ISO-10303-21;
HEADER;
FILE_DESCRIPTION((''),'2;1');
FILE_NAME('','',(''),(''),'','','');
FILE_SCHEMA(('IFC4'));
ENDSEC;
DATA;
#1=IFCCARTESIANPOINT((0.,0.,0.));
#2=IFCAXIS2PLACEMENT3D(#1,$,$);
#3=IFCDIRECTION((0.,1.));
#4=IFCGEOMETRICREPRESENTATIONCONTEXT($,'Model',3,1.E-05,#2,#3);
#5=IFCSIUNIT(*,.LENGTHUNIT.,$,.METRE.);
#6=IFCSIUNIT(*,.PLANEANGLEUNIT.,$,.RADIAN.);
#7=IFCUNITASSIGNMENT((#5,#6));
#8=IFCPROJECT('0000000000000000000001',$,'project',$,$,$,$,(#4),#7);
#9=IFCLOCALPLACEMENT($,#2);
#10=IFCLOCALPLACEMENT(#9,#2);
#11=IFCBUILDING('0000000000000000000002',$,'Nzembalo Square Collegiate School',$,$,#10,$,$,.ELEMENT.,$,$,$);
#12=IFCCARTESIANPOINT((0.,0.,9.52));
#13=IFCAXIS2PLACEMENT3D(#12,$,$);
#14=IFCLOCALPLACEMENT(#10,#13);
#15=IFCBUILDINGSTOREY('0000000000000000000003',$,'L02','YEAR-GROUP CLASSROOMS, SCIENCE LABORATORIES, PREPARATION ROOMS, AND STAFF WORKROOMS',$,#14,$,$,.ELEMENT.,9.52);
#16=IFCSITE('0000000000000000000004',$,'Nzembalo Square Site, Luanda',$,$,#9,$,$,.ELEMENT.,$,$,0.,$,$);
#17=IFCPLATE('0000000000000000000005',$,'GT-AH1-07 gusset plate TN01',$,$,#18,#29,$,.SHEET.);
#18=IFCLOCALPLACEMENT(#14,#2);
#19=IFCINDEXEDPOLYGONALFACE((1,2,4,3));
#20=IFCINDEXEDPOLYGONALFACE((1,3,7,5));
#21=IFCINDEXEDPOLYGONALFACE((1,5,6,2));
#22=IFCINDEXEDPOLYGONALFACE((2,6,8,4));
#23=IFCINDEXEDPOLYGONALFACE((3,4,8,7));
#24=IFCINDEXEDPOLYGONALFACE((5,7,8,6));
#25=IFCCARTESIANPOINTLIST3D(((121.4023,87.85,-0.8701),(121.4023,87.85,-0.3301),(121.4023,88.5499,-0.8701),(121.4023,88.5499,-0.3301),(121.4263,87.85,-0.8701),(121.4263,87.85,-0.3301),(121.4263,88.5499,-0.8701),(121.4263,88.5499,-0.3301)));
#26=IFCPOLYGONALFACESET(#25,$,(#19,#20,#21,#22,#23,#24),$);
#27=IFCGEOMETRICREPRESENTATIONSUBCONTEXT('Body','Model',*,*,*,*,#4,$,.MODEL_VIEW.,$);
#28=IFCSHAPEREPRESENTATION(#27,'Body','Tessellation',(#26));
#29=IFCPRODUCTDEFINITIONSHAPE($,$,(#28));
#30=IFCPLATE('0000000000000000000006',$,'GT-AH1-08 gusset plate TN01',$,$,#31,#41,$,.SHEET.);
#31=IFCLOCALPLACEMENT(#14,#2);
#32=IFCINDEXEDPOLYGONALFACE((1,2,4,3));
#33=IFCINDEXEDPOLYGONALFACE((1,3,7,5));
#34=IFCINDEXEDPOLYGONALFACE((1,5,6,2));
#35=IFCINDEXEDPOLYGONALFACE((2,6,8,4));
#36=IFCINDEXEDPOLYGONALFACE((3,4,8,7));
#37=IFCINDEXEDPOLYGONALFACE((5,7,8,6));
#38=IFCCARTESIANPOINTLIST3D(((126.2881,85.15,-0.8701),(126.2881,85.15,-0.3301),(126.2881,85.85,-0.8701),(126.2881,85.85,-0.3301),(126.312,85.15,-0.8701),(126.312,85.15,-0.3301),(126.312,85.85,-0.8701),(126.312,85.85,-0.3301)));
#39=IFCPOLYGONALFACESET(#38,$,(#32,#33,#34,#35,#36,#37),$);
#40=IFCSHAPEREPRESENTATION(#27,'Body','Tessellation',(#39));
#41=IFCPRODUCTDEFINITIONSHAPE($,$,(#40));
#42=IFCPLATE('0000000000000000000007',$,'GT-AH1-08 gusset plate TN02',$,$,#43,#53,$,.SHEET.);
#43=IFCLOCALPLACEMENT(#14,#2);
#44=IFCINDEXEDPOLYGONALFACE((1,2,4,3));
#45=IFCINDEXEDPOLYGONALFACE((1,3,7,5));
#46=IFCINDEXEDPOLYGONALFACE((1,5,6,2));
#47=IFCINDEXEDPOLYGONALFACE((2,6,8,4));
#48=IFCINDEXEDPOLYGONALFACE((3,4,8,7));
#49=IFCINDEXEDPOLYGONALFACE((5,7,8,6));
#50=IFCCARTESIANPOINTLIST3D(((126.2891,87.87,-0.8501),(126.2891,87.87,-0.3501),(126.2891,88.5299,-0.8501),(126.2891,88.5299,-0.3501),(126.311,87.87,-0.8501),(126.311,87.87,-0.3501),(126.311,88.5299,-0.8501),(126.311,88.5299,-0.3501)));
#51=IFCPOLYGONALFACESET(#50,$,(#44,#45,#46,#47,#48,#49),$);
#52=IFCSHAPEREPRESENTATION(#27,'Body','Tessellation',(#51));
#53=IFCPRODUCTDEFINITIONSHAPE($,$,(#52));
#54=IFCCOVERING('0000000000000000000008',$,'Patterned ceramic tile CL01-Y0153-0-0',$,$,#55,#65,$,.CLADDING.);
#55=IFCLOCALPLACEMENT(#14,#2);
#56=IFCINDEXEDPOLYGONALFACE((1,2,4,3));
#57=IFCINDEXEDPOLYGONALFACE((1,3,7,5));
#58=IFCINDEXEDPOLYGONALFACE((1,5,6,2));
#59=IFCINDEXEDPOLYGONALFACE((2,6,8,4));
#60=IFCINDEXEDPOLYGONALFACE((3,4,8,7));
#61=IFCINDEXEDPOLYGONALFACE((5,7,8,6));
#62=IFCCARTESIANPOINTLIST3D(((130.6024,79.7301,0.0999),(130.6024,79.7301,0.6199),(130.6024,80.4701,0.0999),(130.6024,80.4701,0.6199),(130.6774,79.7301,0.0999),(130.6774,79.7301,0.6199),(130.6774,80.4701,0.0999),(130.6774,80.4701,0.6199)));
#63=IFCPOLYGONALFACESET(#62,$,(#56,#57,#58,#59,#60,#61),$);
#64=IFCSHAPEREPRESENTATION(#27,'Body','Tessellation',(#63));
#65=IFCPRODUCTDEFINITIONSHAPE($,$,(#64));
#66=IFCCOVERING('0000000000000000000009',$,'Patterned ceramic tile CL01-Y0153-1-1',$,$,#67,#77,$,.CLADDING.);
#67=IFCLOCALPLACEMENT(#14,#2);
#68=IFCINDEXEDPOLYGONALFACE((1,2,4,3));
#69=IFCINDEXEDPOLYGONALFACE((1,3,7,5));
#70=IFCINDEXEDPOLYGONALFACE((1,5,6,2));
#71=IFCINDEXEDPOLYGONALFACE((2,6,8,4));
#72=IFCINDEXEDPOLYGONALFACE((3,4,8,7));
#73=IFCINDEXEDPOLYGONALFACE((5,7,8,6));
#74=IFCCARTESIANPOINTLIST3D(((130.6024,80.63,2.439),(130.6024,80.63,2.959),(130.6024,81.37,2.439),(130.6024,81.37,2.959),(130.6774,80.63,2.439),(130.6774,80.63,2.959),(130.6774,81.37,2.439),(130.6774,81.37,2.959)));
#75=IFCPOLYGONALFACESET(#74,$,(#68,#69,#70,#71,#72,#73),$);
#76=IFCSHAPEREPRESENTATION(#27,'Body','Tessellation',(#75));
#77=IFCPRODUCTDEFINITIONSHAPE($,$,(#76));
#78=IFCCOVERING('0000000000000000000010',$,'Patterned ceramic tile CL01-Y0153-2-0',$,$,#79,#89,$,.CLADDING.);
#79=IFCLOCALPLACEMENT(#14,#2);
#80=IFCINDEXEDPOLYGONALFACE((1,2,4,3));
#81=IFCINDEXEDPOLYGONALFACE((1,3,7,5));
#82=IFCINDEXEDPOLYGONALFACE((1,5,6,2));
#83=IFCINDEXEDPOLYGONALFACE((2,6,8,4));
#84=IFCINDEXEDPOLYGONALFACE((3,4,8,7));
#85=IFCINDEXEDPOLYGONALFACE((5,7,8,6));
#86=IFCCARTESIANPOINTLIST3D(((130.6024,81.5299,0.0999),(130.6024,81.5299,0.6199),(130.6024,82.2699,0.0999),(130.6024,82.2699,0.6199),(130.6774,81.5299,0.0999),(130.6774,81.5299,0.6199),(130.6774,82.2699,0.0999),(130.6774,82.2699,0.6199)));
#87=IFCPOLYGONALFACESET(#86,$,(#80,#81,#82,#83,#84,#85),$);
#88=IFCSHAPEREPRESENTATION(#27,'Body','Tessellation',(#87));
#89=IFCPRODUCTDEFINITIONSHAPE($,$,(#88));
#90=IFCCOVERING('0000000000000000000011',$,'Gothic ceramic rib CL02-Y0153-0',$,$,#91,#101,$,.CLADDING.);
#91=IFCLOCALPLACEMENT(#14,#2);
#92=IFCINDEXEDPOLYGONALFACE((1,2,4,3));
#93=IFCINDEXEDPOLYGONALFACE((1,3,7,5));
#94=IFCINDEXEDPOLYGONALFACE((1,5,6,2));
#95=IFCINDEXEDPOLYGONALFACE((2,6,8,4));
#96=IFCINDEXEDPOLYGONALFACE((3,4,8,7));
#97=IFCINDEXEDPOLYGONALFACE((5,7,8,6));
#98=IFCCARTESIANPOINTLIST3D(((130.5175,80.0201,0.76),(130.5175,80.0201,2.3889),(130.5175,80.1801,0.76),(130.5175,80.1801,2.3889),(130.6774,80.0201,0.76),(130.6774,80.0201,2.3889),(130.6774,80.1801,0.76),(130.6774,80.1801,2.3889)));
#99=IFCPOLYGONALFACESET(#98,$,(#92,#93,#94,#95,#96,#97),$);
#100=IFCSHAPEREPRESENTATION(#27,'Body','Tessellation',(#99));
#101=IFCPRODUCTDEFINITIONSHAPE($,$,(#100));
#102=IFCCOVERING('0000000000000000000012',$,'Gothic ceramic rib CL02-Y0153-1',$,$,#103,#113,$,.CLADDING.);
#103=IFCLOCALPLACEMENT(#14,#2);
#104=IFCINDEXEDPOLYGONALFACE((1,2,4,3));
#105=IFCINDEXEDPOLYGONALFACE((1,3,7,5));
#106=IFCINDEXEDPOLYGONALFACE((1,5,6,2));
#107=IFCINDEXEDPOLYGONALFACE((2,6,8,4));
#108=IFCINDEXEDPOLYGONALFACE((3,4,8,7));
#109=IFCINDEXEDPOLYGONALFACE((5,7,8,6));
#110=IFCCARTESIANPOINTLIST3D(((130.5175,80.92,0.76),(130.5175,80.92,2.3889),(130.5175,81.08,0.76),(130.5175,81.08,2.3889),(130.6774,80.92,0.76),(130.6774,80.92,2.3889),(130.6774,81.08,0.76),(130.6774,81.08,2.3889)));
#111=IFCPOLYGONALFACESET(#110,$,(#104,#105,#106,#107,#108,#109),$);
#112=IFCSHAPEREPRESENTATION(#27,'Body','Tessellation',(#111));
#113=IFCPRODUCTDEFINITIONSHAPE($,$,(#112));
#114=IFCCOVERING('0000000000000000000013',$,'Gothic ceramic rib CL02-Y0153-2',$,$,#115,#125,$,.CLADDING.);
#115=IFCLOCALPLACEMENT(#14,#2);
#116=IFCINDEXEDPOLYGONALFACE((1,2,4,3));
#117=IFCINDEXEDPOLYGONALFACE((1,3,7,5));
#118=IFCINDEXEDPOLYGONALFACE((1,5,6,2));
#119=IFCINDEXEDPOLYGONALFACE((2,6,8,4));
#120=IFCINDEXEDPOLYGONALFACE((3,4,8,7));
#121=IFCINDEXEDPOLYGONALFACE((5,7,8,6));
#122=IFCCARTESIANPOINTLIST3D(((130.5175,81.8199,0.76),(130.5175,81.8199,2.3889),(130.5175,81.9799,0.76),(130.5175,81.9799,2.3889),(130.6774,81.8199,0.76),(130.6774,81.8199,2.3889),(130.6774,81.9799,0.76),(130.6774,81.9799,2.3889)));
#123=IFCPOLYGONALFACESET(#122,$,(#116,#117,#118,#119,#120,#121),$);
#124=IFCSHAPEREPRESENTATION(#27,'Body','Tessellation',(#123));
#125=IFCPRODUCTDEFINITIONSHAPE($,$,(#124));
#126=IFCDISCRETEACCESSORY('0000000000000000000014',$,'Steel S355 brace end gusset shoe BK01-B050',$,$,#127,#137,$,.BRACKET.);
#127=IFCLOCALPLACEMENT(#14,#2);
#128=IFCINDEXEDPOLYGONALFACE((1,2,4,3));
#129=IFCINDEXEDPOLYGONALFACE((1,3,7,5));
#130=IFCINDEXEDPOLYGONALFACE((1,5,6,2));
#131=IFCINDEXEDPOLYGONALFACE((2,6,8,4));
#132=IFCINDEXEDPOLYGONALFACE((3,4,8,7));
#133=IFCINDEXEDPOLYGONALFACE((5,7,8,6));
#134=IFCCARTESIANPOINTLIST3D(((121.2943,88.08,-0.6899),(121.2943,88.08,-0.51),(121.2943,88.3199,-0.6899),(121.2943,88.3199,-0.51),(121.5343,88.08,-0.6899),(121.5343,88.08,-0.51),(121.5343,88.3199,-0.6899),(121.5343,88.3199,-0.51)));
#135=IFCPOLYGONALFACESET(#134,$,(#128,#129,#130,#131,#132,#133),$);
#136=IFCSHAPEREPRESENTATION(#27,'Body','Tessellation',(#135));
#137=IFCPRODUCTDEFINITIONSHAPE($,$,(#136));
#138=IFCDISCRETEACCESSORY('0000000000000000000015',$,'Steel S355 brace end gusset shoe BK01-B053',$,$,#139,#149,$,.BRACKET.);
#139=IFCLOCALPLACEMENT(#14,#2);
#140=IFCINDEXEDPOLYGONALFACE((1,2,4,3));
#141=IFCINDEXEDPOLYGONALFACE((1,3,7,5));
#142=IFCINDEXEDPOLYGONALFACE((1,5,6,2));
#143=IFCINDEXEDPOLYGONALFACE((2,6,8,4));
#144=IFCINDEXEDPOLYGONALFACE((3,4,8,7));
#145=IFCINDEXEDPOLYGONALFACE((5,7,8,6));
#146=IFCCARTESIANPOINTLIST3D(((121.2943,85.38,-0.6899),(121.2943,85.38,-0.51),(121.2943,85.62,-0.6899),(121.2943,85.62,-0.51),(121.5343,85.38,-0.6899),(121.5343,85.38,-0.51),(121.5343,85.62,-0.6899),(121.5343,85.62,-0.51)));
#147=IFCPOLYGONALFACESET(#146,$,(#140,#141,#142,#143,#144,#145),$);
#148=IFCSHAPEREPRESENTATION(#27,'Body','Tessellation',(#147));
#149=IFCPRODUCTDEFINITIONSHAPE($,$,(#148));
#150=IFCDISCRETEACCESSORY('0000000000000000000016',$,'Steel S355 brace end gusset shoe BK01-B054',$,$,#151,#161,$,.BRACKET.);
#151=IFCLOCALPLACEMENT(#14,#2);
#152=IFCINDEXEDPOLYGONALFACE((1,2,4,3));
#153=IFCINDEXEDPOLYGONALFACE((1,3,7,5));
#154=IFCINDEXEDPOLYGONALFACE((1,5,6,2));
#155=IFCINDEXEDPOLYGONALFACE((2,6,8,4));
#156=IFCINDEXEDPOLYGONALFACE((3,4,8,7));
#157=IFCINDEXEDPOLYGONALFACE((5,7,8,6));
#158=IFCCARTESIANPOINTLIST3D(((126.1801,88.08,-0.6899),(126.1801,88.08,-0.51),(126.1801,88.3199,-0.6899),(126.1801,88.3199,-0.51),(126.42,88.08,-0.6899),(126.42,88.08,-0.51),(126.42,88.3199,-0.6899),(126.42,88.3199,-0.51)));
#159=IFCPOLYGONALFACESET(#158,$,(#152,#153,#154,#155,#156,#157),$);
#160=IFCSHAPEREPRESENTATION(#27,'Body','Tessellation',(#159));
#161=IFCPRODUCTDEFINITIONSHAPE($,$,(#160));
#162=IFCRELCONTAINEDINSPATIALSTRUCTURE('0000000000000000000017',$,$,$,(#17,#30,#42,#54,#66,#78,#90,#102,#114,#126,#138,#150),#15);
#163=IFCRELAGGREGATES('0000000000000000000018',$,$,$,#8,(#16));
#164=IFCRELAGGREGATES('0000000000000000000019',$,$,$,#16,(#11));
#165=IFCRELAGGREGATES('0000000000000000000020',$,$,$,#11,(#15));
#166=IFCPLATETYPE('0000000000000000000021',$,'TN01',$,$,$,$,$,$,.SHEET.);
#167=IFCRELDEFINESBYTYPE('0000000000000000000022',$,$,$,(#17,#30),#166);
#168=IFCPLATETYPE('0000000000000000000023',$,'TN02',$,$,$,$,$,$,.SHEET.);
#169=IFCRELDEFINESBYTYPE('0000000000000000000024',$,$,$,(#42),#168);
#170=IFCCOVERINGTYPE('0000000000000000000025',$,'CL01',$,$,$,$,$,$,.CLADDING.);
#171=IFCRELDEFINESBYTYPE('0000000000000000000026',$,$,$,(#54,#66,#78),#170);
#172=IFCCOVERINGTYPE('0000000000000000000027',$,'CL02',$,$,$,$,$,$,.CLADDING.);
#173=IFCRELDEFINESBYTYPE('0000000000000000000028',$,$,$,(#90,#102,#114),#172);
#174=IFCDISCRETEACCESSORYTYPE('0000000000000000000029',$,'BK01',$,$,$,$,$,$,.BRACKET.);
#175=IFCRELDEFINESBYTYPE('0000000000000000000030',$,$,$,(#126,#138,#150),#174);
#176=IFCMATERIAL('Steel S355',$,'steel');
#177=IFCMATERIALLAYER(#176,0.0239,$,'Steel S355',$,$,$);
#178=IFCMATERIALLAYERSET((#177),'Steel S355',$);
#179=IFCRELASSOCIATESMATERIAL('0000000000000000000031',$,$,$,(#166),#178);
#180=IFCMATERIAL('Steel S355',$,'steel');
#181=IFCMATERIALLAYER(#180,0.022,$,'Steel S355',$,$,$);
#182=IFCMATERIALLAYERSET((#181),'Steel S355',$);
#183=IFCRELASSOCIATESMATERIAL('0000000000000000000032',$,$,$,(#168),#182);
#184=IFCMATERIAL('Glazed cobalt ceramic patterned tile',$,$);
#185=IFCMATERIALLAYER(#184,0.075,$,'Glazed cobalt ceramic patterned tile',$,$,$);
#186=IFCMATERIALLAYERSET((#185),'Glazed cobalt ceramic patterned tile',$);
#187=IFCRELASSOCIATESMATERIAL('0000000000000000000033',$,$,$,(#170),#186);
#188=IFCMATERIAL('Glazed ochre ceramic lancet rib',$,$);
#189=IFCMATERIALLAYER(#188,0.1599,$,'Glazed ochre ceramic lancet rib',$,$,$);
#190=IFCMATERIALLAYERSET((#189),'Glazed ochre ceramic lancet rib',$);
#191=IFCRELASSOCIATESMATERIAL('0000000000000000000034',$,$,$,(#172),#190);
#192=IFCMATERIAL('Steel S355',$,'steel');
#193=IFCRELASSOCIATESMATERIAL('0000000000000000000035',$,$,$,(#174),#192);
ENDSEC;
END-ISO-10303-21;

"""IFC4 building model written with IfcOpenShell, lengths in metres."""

from ifc_helpers import new_model, si_unit, direction, frame, origin, origin_2d, place, context, subcontext, project, spatial, rectangle, extrude, material, layer, layer_set, type_object, element, save


model = new_model("IFC4")

# Units and contexts
model_context = context("Model", 3, precision=1e-05, world=origin(), true_north=direction((0.0, 1.0)))
body_context = subcontext(model_context, "Body", "Model", "MODEL_VIEW")
ifc_project = project(units=[si_unit("LENGTHUNIT", "METRE"), si_unit("PLANEANGLEUNIT", "RADIAN")], contexts=[model_context])

# Site, building, storey
site_placement = place(None, origin())
site = spatial("IfcSite", under=ifc_project, at=site_placement, Name="Nzembalo Square Site, Luanda", CompositionType="ELEMENT", RefElevation=0.0)
building_placement = place(site_placement, origin())
building = spatial("IfcBuilding", under=site, at=building_placement, Name="Nzembalo Square Collegiate School", CompositionType="ELEMENT")
storey_placement = place(building_placement, frame((0.0, 0.0, 9.52)))
storey = spatial("IfcBuildingStorey", under=building, at=storey_placement, Name="L02", Description="YEAR-GROUP CLASSROOMS, SCIENCE LABORATORIES, PREPARATION ROOMS, AND STAFF WORKROOMS", CompositionType="ELEMENT", Elevation=9.52)

# Plates
ifc_material_1 = material(Name="Steel S355", Category="steel")
ifc_layer_1 = layer(ifc_material_1, 0.0239, Name="Steel S355")
ifc_layer_set_1 = layer_set([ifc_layer_1], Name="Steel S355")
plate_type_1 = type_object("IfcPlateType", Name="TN01", PredefinedType="SHEET", material=ifc_layer_set_1)
for number, where, z_axis, x_axis, name in (
    (1, (121.4143, 88.2, -0.8701), (0.0, 0.0, 1.0), (0.0, 1.0, 0.0), "GT-AH1-07 gusset plate TN01"),
    (2, (126.3, 85.5, -0.8701), (0.0, 0.0, 1.0), (0.0, 1.0, 0.0), "GT-AH1-08 gusset plate TN01"),
):
    element("IfcPlate", number, at=place(storey_placement, frame(where, z_axis=z_axis, x_axis=x_axis)), inside=storey, type_object=plate_type_1, Name=name, PredefinedType="SHEET", context=body_context, shape_type="SweptSolid", body=[
        extrude(rectangle(XDim=0.7, YDim=0.0239, at=origin_2d()), origin(), (0.0, 0.0, 1.0), 0.54),
    ])
ifc_material_2 = material(Name="Steel S355", Category="steel")
ifc_layer_2 = layer(ifc_material_2, 0.022, Name="Steel S355")
ifc_layer_set_2 = layer_set([ifc_layer_2], Name="Steel S355")
plate_type_2 = type_object("IfcPlateType", Name="TN02", PredefinedType="SHEET", material=ifc_layer_set_2)
plate_placement = place(storey_placement, frame((126.3, 88.2, -0.8501), z_axis=(0.0, 0.0, 1.0), x_axis=(0.0, 1.0, 0.0)))
element("IfcPlate", 3, at=plate_placement, inside=storey, type_object=plate_type_2, Name="GT-AH1-08 gusset plate TN02", PredefinedType="SHEET", context=body_context, shape_type="SweptSolid", body=[
    extrude(rectangle(XDim=0.6599, YDim=0.022, at=origin_2d()), origin(), (0.0, 0.0, 1.0), 0.5),
])

# Coverings
ifc_material_3 = material(Name="Glazed cobalt ceramic patterned tile")
ifc_layer_3 = layer(ifc_material_3, 0.075, Name="Glazed cobalt ceramic patterned tile")
ifc_layer_set_3 = layer_set([ifc_layer_3], Name="Glazed cobalt ceramic patterned tile")
covering_type_1 = type_object("IfcCoveringType", Name="CL01", PredefinedType="CLADDING", material=ifc_layer_set_3)
for number, where, z_axis, x_axis, name in (
    (4, (130.6399, 80.1001, 0.0999), (0.0, 0.0, 1.0), (1.0, 0.0, 0.0), "Patterned ceramic tile CL01-Y0153-0-0"),
    (5, (130.6399, 81.0, 2.439), (0.0, 0.0, 1.0), (1.0, 0.0, 0.0), "Patterned ceramic tile CL01-Y0153-1-1"),
    (6, (130.6399, 81.8999, 0.0999), (0.0, 0.0, 1.0), (1.0, 0.0, 0.0), "Patterned ceramic tile CL01-Y0153-2-0"),
):
    element("IfcCovering", number, at=place(storey_placement, frame(where, z_axis=z_axis, x_axis=x_axis)), inside=storey, type_object=covering_type_1, Name=name, PredefinedType="CLADDING", context=body_context, shape_type="SweptSolid", body=[
        extrude(rectangle(XDim=0.075, YDim=0.74, at=origin_2d()), origin(), (0.0, 0.0, 1.0), 0.52),
    ])
ifc_material_4 = material(Name="Glazed ochre ceramic lancet rib")
ifc_layer_4 = layer(ifc_material_4, 0.1599, Name="Glazed ochre ceramic lancet rib")
ifc_layer_set_4 = layer_set([ifc_layer_4], Name="Glazed ochre ceramic lancet rib")
covering_type_2 = type_object("IfcCoveringType", Name="CL02", PredefinedType="CLADDING", material=ifc_layer_set_4)
for number, where, z_axis, x_axis, name in (
    (7, (130.5974, 80.1001, 0.76), (0.0, 0.0, 1.0), (1.0, 0.0, 0.0), "Gothic ceramic rib CL02-Y0153-0"),
    (8, (130.5974, 81.0, 0.76), (0.0, 0.0, 1.0), (1.0, 0.0, 0.0), "Gothic ceramic rib CL02-Y0153-1"),
    (9, (130.5974, 81.8999, 0.76), (0.0, 0.0, 1.0), (1.0, 0.0, 0.0), "Gothic ceramic rib CL02-Y0153-2"),
):
    element("IfcCovering", number, at=place(storey_placement, frame(where, z_axis=z_axis, x_axis=x_axis)), inside=storey, type_object=covering_type_2, Name=name, PredefinedType="CLADDING", context=body_context, shape_type="SweptSolid", body=[
        extrude(rectangle(XDim=0.1599, YDim=0.1599, at=origin_2d()), origin(), (0.0, 0.0, 1.0), 1.6289),
    ])

# Discrete accessories
ifc_material_5 = material(Name="Steel S355", Category="steel")
discrete_accessory_type = type_object("IfcDiscreteAccessoryType", Name="BK01", PredefinedType="BRACKET", material=ifc_material_5)
for number, where, z_axis, x_axis, name in (
    (10, (121.4143, 88.2, -0.6899), (0.0, 0.0, 1.0), (1.0, 0.0, 0.0), "Steel S355 brace end gusset shoe BK01-B050"),
    (11, (121.4143, 85.5, -0.6899), (0.0, 0.0, 1.0), (1.0, 0.0, 0.0), "Steel S355 brace end gusset shoe BK01-B053"),
    (12, (126.3, 88.2, -0.6899), (0.0, 0.0, 1.0), (1.0, 0.0, 0.0), "Steel S355 brace end gusset shoe BK01-B054"),
):
    element("IfcDiscreteAccessory", number, at=place(storey_placement, frame(where, z_axis=z_axis, x_axis=x_axis)), inside=storey, type_object=discrete_accessory_type, Name=name, PredefinedType="BRACKET", context=body_context, shape_type="SweptSolid", body=[
        extrude(rectangle(XDim=0.24, YDim=0.24, at=origin_2d()), origin(), (0.0, 0.0, 1.0), 0.1799),
    ])

save(model, "model.ifc")
